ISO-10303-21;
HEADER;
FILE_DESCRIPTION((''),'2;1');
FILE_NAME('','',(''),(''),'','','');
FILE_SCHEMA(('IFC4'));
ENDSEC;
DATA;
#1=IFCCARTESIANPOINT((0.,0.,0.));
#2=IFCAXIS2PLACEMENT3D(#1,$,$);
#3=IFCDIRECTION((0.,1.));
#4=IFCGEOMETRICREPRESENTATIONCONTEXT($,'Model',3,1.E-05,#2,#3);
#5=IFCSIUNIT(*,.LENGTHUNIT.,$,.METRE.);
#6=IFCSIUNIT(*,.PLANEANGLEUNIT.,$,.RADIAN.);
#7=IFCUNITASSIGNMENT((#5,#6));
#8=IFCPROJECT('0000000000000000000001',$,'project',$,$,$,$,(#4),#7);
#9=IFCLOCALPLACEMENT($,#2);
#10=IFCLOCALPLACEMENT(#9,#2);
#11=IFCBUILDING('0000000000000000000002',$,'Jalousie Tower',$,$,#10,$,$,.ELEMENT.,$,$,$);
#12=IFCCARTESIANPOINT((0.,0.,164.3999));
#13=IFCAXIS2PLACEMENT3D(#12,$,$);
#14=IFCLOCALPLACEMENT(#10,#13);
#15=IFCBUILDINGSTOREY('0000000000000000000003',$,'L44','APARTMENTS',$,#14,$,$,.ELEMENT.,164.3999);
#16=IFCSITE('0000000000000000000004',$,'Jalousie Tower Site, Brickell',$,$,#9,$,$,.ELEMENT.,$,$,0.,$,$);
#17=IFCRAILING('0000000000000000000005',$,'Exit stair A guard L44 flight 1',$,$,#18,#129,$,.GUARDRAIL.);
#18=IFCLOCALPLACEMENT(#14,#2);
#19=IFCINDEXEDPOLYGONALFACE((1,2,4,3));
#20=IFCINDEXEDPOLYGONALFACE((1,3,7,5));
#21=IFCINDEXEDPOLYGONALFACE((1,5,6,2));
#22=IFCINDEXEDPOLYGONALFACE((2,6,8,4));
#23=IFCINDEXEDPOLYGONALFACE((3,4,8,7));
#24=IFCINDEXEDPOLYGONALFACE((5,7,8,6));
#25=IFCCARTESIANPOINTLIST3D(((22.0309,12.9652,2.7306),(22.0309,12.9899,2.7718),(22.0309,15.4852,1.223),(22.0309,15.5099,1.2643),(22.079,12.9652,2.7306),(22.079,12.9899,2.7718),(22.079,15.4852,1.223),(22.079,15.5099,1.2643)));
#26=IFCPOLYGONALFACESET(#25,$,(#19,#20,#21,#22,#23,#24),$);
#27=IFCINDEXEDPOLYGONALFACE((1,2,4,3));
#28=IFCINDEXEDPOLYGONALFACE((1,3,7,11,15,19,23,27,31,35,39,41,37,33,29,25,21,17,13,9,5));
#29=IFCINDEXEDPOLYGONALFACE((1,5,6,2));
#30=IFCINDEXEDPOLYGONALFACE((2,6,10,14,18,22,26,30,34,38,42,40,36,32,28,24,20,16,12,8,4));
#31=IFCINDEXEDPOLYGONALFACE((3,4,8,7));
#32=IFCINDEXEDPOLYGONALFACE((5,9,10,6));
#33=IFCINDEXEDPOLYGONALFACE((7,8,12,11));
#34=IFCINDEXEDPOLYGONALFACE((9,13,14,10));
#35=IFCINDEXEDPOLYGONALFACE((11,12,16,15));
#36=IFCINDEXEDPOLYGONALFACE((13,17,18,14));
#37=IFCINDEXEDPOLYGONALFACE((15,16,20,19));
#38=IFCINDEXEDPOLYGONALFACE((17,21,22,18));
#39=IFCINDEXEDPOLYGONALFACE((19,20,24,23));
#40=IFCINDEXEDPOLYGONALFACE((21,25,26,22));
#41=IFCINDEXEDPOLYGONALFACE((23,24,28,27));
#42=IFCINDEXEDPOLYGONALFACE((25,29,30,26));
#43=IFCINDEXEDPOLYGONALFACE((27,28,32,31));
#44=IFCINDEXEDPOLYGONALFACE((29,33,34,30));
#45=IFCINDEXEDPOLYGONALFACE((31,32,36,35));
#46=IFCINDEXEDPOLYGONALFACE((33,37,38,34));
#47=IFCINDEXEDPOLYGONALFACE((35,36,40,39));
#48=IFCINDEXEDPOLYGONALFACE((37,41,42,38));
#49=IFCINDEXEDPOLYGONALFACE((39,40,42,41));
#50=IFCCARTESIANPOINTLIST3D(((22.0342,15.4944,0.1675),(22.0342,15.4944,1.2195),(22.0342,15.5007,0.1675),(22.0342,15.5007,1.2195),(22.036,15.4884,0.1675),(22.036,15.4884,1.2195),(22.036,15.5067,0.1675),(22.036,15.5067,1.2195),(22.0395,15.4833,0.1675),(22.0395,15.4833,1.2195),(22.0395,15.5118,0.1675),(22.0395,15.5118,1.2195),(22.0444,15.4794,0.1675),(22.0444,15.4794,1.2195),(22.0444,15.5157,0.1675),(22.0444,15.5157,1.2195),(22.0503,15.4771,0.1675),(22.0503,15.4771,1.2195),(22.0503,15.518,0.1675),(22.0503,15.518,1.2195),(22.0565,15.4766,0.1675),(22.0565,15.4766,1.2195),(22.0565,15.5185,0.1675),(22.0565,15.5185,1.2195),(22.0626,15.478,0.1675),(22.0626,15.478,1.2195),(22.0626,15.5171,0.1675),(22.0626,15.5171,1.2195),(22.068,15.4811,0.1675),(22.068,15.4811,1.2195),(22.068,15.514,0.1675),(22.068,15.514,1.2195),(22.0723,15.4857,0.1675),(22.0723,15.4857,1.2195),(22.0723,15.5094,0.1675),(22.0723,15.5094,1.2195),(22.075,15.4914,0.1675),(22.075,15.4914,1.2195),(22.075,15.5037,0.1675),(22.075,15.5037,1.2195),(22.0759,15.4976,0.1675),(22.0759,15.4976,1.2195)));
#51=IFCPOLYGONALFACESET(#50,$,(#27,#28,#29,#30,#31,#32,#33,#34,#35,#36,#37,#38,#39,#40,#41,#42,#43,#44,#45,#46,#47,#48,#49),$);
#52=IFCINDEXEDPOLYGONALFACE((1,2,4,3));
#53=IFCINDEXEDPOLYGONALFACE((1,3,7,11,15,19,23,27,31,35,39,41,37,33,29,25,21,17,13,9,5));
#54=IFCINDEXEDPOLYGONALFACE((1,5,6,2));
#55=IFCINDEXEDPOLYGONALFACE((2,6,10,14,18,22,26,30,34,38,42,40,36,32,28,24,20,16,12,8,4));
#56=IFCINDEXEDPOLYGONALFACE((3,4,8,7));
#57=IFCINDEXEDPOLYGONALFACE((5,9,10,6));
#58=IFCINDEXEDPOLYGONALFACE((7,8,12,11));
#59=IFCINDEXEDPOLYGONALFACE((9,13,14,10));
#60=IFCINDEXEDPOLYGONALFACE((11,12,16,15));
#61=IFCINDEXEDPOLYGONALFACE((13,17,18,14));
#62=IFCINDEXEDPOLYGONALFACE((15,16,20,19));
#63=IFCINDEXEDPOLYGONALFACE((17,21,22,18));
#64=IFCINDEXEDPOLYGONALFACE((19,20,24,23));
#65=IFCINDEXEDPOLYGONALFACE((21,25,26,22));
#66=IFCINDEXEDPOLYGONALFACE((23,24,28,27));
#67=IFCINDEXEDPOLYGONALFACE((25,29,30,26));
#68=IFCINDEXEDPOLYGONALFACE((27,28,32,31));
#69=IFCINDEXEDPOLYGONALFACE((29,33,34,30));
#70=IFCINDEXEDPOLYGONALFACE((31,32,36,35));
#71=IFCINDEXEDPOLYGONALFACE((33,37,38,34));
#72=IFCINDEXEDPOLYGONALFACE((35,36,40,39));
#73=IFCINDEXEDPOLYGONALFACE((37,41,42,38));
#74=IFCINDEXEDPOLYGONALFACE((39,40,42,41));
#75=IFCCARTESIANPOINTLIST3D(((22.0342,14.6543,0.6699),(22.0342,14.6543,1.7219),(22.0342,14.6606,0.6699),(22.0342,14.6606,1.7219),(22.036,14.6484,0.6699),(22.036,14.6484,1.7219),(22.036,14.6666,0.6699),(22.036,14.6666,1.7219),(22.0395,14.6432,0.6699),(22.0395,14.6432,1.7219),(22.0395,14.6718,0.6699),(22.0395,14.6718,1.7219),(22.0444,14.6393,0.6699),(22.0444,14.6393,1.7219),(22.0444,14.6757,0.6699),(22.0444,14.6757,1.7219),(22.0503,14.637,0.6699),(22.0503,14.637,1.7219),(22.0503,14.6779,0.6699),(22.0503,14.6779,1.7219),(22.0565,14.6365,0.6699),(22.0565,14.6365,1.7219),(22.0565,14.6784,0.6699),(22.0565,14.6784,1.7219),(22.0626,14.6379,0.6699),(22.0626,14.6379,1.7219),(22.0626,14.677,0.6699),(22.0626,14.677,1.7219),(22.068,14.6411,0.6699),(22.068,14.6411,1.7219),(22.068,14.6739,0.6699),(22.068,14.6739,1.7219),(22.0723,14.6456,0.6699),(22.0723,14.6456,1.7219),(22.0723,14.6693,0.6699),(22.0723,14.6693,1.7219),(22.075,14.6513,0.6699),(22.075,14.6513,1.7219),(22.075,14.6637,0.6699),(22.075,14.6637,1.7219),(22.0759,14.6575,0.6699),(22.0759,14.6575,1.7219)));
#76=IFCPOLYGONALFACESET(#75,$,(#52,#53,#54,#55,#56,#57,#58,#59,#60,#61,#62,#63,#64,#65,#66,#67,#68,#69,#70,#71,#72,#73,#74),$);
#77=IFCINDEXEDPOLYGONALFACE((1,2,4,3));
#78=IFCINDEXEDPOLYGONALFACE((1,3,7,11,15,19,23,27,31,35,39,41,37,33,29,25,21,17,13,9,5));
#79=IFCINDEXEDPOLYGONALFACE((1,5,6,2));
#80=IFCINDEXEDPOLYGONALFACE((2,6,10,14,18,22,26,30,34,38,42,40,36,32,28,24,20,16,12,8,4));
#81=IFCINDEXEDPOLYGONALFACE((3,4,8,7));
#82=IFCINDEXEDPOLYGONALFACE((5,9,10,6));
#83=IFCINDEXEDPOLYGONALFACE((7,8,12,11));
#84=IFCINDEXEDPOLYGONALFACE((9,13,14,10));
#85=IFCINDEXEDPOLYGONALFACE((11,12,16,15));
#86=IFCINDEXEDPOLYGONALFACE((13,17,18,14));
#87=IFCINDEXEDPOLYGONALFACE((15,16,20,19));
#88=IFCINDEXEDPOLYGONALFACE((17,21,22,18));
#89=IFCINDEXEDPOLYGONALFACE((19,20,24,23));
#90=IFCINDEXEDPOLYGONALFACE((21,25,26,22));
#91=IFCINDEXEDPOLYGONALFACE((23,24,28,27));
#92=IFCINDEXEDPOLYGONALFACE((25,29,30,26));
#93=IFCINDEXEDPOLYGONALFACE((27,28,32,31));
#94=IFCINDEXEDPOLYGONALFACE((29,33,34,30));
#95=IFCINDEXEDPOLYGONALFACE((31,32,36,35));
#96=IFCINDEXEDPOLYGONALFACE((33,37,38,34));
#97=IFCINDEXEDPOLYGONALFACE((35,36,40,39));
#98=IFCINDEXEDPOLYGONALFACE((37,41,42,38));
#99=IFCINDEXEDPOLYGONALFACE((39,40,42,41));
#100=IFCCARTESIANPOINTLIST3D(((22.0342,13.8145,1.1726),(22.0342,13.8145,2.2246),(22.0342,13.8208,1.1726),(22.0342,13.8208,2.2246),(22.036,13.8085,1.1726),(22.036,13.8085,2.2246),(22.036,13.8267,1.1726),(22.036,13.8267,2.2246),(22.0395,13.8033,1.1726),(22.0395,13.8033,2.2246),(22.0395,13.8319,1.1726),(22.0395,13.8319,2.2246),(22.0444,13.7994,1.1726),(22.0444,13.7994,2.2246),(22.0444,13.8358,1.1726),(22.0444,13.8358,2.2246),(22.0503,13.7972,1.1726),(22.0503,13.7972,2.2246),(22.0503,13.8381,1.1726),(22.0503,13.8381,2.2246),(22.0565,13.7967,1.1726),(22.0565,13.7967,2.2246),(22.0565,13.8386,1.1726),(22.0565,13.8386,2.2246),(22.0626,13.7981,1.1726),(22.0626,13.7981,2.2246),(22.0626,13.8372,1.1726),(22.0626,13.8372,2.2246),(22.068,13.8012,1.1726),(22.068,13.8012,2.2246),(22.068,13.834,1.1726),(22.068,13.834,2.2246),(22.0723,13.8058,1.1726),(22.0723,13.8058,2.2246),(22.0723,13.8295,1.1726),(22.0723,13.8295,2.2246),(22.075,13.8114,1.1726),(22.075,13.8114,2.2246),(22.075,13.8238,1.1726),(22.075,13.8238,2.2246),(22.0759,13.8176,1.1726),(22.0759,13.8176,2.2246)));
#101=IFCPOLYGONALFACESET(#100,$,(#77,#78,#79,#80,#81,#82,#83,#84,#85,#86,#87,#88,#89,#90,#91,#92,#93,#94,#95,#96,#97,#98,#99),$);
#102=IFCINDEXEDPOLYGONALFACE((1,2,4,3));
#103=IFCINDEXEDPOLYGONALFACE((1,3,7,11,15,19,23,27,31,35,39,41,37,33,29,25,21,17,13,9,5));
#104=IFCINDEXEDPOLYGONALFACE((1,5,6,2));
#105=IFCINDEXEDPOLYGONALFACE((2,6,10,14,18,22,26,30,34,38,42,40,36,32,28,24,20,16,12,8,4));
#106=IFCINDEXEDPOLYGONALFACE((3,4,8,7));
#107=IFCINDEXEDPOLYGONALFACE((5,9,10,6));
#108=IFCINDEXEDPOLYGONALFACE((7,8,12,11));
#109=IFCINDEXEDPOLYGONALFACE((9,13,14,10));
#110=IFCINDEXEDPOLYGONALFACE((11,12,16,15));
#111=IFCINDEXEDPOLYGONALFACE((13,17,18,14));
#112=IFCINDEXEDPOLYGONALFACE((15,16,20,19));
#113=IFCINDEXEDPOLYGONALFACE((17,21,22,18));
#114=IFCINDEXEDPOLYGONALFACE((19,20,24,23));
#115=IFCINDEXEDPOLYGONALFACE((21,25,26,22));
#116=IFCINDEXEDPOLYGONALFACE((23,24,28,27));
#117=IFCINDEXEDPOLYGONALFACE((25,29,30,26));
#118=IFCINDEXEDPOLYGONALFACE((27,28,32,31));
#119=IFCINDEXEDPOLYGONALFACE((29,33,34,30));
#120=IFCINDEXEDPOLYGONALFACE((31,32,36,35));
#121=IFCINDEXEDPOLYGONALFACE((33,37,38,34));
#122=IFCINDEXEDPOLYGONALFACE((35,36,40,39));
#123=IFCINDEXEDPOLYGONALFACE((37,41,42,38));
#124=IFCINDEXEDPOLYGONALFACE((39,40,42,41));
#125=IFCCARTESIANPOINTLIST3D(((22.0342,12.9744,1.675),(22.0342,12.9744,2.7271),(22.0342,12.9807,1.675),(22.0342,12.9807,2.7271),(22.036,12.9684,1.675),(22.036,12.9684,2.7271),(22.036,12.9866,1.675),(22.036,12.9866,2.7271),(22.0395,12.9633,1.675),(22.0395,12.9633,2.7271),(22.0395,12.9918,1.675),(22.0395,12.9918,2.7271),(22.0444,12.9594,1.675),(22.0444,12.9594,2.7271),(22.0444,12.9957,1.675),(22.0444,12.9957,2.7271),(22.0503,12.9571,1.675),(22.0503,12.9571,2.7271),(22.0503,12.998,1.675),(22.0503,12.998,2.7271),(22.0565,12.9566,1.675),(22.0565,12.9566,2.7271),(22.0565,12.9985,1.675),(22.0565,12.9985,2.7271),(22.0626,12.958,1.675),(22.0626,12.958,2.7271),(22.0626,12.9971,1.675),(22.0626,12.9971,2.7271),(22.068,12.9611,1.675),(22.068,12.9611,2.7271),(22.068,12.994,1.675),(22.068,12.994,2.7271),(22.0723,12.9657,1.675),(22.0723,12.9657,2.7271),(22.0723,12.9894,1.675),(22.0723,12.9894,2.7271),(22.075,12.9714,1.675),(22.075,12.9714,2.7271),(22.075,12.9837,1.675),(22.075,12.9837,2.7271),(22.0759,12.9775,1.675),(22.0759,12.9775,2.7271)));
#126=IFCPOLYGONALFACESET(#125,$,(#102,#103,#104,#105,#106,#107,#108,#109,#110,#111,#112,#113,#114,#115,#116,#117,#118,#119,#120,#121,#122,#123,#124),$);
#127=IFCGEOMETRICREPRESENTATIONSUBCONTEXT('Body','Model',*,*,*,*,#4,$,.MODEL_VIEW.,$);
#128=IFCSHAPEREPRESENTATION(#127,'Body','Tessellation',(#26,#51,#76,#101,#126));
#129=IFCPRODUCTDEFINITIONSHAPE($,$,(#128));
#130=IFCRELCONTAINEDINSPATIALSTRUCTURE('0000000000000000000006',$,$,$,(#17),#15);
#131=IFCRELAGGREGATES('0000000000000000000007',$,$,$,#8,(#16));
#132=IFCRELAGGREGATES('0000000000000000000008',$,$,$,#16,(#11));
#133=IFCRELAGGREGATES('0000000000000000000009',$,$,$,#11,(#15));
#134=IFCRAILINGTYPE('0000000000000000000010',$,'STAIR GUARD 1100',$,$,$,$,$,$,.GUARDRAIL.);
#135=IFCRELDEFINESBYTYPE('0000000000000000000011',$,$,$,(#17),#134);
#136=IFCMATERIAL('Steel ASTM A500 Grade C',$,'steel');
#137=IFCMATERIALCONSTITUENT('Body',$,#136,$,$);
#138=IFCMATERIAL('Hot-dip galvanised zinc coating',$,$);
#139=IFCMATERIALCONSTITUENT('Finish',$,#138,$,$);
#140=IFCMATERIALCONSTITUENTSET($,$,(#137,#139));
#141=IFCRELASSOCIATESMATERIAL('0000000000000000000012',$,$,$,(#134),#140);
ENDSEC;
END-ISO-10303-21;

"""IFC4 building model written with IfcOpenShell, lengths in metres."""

from ifc_helpers import new_model, si_unit, direction, frame, origin, origin_2d, place, context, subcontext, project, spatial, rectangle, circle, extrude, material, constituent, constituent_set, type_object, element, save


model = new_model("IFC4")

# Units and contexts
model_context = context("Model", 3, precision=1e-05, world=origin(), true_north=direction((0.0, 1.0)))
body_context = subcontext(model_context, "Body", "Model", "MODEL_VIEW")
ifc_project = project(units=[si_unit("LENGTHUNIT", "METRE"), si_unit("PLANEANGLEUNIT", "RADIAN")], contexts=[model_context])

# Site, building, storey
site_placement = place(None, origin())
site = spatial("IfcSite", under=ifc_project, at=site_placement, Name="Jalousie Tower Site, Brickell", CompositionType="ELEMENT", RefElevation=0.0)
building_placement = place(site_placement, origin())
building = spatial("IfcBuilding", under=site, at=building_placement, Name="Jalousie Tower", CompositionType="ELEMENT")
storey_placement = place(building_placement, frame((0.0, 0.0, 164.3999)))
storey = spatial("IfcBuildingStorey", under=building, at=storey_placement, Name="L44", Description="APARTMENTS", CompositionType="ELEMENT", Elevation=164.3999)

# Railing
ifc_material_1 = material(Name="Steel ASTM A500 Grade C", Category="steel")
ifc_constituent_1 = constituent(ifc_material_1, Name="Body")
ifc_material_2 = material(Name="Hot-dip galvanised zinc coating")
ifc_constituent_2 = constituent(ifc_material_2, Name="Finish")
ifc_constituent_set_1 = constituent_set(constituents=[ifc_constituent_1, ifc_constituent_2])
railing_type_1 = type_object("IfcRailingType", Name="STAIR GUARD 1100", PredefinedType="GUARDRAIL", material=ifc_constituent_set_1)
railing_1_placement = place(storey_placement, frame((22.0549, 15.4976, 0.1675)))
element("IfcRailing", 1, at=railing_1_placement, inside=storey, type_object=railing_type_1, Name="Exit stair A guard L44 flight 1", PredefinedType="GUARDRAIL", context=body_context, shape_type="SweptSolid", body=[
    extrude(rectangle(XDim=0.0481, YDim=0.0481, at=origin_2d()), frame((0.0, 0.0, 1.0762), z_axis=(0.0, -0.85816, 0.513383), x_axis=(1.0, 0.0, 0.0)), (0.0, 0.0, 1.0), 2.9365),
    extrude(circle(Radius=0.021, at=origin_2d()), origin(), (0.0, 0.0, 1.0), 1.052),
    extrude(circle(Radius=0.021, at=origin_2d()), frame((0.0, -0.8401, 0.5024)), (0.0, 0.0, 1.0), 1.052),
    extrude(circle(Radius=0.021, at=origin_2d()), frame((0.0, -1.6799, 1.0051)), (0.0, 0.0, 1.0), 1.052),
    extrude(circle(Radius=0.021, at=origin_2d()), frame((0.0, -2.52, 1.5076)), (0.0, 0.0, 1.0), 1.052),
])

save(model, "model.ifc")
